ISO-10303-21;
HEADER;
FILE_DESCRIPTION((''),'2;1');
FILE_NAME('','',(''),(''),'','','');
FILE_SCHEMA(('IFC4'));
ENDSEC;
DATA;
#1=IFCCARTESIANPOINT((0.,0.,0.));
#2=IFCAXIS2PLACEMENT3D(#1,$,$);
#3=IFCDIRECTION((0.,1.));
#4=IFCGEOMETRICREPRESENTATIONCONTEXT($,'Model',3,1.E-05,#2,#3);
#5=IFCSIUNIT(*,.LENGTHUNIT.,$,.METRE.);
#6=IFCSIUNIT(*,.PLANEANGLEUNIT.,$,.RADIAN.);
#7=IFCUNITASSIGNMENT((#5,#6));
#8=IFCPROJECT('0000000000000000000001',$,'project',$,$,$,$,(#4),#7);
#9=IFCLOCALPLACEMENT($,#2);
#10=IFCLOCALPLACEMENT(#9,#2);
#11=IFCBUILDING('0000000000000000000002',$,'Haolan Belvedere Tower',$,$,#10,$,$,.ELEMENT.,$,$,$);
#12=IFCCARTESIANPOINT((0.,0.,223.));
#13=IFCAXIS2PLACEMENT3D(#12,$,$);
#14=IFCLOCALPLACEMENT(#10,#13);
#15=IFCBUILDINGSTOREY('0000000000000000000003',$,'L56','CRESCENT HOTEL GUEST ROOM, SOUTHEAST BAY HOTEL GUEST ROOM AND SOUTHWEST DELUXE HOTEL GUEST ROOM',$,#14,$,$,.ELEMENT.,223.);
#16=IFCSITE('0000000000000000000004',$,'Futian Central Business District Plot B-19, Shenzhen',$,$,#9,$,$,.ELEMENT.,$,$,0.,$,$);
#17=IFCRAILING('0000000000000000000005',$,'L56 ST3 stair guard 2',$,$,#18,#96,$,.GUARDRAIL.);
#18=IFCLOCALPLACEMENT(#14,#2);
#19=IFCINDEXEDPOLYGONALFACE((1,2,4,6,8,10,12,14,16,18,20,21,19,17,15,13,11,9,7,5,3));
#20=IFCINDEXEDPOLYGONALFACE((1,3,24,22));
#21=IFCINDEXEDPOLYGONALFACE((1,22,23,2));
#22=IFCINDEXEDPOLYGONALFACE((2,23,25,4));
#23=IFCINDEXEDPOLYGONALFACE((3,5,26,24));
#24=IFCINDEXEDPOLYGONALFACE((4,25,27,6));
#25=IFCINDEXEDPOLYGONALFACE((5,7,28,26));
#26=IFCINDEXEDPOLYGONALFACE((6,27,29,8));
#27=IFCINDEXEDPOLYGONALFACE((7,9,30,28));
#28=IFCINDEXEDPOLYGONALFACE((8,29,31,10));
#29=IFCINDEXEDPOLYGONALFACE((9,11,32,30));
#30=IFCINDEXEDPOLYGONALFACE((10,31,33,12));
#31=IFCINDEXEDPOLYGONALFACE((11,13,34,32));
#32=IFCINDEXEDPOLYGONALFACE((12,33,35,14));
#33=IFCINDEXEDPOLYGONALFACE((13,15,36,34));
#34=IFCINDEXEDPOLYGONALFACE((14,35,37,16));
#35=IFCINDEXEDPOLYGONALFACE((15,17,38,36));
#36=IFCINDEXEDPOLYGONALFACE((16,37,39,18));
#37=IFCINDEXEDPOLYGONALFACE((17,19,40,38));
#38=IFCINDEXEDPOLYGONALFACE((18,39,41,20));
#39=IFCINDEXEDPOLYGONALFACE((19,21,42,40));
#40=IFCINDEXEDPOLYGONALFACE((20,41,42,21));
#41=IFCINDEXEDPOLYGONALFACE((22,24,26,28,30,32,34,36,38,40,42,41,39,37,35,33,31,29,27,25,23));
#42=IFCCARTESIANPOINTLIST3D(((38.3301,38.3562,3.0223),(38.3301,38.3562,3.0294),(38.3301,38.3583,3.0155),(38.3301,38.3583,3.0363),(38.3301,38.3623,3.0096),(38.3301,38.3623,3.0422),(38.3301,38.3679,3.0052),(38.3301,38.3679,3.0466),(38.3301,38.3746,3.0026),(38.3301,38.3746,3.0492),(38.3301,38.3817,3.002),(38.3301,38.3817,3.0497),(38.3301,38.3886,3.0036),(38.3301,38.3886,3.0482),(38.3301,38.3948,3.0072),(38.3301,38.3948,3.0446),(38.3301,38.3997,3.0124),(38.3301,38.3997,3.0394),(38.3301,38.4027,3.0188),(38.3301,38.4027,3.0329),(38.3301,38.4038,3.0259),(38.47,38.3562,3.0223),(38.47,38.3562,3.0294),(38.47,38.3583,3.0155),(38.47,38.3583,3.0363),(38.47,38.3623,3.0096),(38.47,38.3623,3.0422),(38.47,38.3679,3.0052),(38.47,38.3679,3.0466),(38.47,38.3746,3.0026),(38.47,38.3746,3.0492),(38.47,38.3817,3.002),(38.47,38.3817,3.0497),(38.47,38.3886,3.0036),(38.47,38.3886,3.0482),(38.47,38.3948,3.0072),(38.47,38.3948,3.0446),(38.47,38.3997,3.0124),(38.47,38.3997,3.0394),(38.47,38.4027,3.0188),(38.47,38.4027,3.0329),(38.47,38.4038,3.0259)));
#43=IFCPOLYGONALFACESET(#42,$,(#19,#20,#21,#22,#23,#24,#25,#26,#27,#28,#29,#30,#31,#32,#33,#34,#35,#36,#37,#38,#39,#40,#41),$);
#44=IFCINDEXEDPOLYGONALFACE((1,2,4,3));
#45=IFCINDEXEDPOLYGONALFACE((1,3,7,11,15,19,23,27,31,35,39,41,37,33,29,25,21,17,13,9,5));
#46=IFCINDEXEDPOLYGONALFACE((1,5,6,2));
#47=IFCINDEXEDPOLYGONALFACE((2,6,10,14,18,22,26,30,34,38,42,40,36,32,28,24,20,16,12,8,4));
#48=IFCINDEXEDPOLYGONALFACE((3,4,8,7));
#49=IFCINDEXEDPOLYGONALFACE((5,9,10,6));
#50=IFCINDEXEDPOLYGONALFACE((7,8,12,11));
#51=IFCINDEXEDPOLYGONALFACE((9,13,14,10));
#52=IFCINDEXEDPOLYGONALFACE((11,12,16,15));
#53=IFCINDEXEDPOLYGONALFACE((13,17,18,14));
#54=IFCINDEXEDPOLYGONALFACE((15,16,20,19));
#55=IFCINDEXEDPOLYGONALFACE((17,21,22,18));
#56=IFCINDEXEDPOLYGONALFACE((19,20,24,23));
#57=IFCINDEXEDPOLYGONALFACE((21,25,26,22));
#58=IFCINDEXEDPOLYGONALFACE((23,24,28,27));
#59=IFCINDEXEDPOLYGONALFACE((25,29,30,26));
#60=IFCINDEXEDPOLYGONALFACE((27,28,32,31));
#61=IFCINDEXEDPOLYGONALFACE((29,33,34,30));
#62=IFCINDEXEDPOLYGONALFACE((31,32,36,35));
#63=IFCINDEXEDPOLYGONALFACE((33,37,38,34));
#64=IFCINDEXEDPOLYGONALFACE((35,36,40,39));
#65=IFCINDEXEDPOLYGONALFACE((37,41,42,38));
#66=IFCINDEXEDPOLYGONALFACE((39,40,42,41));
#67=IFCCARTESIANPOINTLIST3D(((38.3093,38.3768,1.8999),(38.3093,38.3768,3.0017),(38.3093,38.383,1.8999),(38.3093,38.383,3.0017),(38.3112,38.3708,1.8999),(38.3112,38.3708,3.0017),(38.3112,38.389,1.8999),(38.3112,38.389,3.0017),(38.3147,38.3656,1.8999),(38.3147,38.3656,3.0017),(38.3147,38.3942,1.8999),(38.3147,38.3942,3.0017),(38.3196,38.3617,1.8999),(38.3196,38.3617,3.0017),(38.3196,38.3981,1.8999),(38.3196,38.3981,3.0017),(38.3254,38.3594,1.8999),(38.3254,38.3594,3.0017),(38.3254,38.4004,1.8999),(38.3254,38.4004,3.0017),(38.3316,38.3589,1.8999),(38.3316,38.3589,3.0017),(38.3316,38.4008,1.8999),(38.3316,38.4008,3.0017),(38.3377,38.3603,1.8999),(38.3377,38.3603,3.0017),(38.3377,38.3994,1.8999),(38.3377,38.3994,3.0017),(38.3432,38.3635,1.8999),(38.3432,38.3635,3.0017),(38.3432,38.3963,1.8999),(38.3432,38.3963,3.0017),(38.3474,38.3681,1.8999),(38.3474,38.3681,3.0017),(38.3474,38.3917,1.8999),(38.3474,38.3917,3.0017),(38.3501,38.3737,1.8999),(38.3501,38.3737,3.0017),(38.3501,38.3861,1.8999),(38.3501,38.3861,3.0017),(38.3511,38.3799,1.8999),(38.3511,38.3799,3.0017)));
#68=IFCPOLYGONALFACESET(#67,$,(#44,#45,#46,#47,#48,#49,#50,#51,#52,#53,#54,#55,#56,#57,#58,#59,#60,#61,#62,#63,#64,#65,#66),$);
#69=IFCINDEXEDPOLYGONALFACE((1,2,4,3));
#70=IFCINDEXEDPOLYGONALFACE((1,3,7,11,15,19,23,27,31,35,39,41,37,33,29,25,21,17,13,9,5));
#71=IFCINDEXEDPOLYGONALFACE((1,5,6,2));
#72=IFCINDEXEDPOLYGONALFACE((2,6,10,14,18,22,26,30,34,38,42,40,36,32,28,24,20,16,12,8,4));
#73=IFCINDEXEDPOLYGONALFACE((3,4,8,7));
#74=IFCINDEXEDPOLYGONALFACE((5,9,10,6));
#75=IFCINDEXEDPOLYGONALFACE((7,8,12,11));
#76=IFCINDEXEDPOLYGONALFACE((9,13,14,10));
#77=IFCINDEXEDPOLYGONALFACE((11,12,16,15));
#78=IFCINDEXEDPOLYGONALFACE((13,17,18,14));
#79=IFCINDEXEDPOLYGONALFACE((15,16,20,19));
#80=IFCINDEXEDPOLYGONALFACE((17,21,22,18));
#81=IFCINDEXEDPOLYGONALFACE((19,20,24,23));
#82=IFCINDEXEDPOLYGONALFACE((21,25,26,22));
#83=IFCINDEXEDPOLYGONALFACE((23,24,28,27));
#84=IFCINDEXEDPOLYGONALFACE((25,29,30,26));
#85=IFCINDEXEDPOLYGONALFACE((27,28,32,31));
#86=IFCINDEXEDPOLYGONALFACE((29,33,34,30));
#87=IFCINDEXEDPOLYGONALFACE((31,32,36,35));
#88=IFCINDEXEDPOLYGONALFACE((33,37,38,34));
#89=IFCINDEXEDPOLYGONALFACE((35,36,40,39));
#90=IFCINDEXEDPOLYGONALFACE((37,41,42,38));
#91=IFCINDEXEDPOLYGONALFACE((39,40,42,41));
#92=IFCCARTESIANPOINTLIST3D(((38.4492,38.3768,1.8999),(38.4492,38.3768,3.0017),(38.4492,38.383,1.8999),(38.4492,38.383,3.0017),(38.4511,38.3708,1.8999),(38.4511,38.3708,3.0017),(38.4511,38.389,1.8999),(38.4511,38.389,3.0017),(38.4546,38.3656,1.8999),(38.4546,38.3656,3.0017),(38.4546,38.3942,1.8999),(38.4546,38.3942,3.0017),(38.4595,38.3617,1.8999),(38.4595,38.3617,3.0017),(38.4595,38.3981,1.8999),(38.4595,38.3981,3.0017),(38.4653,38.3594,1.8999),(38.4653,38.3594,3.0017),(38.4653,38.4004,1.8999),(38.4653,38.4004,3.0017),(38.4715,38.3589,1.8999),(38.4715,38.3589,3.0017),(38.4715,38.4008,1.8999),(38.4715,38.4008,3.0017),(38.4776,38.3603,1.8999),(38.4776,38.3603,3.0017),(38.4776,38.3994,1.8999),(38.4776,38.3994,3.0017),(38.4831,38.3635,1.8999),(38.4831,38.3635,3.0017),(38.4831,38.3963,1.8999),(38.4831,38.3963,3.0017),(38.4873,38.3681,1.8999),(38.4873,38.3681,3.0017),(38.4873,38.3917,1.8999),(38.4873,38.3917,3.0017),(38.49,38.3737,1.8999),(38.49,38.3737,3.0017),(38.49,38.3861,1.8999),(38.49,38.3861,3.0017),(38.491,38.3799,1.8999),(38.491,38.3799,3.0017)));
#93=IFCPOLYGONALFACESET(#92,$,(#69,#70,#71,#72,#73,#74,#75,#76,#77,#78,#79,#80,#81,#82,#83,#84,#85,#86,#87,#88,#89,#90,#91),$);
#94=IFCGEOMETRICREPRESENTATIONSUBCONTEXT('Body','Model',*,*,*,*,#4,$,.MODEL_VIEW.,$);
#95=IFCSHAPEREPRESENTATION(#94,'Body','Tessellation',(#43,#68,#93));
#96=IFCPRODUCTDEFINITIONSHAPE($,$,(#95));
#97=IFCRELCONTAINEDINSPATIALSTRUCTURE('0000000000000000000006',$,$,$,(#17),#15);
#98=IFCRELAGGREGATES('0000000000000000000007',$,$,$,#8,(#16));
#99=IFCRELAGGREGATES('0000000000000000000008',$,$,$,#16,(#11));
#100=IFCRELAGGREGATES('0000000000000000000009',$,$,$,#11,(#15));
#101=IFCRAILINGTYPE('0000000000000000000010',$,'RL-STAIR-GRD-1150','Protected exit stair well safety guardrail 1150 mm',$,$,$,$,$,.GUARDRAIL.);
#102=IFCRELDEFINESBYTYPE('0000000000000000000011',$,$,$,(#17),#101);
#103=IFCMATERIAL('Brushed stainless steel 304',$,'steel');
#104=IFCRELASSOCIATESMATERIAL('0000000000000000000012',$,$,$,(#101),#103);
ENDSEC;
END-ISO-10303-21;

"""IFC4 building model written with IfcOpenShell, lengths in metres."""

from ifc_helpers import new_model, si_unit, direction, frame, origin, origin_2d, place, context, subcontext, project, spatial, circle, extrude, material, type_object, element, save


model = new_model("IFC4")

# Units and contexts
model_context = context("Model", 3, precision=1e-05, world=origin(), true_north=direction((0.0, 1.0)))
body_context = subcontext(model_context, "Body", "Model", "MODEL_VIEW")
ifc_project = project(units=[si_unit("LENGTHUNIT", "METRE"), si_unit("PLANEANGLEUNIT", "RADIAN")], contexts=[model_context])

# Site, building, storey
site_placement = place(None, origin())
site = spatial("IfcSite", under=ifc_project, at=site_placement, Name="Futian Central Business District Plot B-19, Shenzhen", CompositionType="ELEMENT", RefElevation=0.0)
building_placement = place(site_placement, origin())
building = spatial("IfcBuilding", under=site, at=building_placement, Name="Haolan Belvedere Tower", CompositionType="ELEMENT")
storey_placement = place(building_placement, frame((0.0, 0.0, 223.0)))
storey = spatial("IfcBuildingStorey", under=building, at=storey_placement, Name="L56", Description="CRESCENT HOTEL GUEST ROOM, SOUTHEAST BAY HOTEL GUEST ROOM AND SOUTHWEST DELUXE HOTEL GUEST ROOM", CompositionType="ELEMENT", Elevation=223.0)

# Railing
ifc_material_1 = material(Name="Brushed stainless steel 304", Category="steel")
railing_type_1 = type_object("IfcRailingType", Name="RL-STAIR-GRD-1150", Description="Protected exit stair well safety guardrail 1150 mm", PredefinedType="GUARDRAIL", material=ifc_material_1)
railing_1_placement = place(storey_placement, frame((38.3301, 38.3799, 1.8999)))
element("IfcRailing", 1, at=railing_1_placement, inside=storey, type_object=railing_type_1, Name="L56 ST3 stair guard 2", PredefinedType="GUARDRAIL", context=body_context, shape_type="SweptSolid", body=[
    extrude(circle(Radius=0.0239, at=origin_2d()), frame((0.0, 0.0, 1.126), z_axis=(1.0, 0.0, 0.0), x_axis=(0.0, 1.0, 0.0)), (0.0, 0.0, 1.0), 0.1399),
    extrude(circle(Radius=0.021, at=origin_2d()), origin(), (0.0, 0.0, 1.0), 1.1018),
    extrude(circle(Radius=0.021, at=origin_2d()), frame((0.1399, 0.0, 0.0)), (0.0, 0.0, 1.0), 1.1018),
])

save(model, "model.ifc")
